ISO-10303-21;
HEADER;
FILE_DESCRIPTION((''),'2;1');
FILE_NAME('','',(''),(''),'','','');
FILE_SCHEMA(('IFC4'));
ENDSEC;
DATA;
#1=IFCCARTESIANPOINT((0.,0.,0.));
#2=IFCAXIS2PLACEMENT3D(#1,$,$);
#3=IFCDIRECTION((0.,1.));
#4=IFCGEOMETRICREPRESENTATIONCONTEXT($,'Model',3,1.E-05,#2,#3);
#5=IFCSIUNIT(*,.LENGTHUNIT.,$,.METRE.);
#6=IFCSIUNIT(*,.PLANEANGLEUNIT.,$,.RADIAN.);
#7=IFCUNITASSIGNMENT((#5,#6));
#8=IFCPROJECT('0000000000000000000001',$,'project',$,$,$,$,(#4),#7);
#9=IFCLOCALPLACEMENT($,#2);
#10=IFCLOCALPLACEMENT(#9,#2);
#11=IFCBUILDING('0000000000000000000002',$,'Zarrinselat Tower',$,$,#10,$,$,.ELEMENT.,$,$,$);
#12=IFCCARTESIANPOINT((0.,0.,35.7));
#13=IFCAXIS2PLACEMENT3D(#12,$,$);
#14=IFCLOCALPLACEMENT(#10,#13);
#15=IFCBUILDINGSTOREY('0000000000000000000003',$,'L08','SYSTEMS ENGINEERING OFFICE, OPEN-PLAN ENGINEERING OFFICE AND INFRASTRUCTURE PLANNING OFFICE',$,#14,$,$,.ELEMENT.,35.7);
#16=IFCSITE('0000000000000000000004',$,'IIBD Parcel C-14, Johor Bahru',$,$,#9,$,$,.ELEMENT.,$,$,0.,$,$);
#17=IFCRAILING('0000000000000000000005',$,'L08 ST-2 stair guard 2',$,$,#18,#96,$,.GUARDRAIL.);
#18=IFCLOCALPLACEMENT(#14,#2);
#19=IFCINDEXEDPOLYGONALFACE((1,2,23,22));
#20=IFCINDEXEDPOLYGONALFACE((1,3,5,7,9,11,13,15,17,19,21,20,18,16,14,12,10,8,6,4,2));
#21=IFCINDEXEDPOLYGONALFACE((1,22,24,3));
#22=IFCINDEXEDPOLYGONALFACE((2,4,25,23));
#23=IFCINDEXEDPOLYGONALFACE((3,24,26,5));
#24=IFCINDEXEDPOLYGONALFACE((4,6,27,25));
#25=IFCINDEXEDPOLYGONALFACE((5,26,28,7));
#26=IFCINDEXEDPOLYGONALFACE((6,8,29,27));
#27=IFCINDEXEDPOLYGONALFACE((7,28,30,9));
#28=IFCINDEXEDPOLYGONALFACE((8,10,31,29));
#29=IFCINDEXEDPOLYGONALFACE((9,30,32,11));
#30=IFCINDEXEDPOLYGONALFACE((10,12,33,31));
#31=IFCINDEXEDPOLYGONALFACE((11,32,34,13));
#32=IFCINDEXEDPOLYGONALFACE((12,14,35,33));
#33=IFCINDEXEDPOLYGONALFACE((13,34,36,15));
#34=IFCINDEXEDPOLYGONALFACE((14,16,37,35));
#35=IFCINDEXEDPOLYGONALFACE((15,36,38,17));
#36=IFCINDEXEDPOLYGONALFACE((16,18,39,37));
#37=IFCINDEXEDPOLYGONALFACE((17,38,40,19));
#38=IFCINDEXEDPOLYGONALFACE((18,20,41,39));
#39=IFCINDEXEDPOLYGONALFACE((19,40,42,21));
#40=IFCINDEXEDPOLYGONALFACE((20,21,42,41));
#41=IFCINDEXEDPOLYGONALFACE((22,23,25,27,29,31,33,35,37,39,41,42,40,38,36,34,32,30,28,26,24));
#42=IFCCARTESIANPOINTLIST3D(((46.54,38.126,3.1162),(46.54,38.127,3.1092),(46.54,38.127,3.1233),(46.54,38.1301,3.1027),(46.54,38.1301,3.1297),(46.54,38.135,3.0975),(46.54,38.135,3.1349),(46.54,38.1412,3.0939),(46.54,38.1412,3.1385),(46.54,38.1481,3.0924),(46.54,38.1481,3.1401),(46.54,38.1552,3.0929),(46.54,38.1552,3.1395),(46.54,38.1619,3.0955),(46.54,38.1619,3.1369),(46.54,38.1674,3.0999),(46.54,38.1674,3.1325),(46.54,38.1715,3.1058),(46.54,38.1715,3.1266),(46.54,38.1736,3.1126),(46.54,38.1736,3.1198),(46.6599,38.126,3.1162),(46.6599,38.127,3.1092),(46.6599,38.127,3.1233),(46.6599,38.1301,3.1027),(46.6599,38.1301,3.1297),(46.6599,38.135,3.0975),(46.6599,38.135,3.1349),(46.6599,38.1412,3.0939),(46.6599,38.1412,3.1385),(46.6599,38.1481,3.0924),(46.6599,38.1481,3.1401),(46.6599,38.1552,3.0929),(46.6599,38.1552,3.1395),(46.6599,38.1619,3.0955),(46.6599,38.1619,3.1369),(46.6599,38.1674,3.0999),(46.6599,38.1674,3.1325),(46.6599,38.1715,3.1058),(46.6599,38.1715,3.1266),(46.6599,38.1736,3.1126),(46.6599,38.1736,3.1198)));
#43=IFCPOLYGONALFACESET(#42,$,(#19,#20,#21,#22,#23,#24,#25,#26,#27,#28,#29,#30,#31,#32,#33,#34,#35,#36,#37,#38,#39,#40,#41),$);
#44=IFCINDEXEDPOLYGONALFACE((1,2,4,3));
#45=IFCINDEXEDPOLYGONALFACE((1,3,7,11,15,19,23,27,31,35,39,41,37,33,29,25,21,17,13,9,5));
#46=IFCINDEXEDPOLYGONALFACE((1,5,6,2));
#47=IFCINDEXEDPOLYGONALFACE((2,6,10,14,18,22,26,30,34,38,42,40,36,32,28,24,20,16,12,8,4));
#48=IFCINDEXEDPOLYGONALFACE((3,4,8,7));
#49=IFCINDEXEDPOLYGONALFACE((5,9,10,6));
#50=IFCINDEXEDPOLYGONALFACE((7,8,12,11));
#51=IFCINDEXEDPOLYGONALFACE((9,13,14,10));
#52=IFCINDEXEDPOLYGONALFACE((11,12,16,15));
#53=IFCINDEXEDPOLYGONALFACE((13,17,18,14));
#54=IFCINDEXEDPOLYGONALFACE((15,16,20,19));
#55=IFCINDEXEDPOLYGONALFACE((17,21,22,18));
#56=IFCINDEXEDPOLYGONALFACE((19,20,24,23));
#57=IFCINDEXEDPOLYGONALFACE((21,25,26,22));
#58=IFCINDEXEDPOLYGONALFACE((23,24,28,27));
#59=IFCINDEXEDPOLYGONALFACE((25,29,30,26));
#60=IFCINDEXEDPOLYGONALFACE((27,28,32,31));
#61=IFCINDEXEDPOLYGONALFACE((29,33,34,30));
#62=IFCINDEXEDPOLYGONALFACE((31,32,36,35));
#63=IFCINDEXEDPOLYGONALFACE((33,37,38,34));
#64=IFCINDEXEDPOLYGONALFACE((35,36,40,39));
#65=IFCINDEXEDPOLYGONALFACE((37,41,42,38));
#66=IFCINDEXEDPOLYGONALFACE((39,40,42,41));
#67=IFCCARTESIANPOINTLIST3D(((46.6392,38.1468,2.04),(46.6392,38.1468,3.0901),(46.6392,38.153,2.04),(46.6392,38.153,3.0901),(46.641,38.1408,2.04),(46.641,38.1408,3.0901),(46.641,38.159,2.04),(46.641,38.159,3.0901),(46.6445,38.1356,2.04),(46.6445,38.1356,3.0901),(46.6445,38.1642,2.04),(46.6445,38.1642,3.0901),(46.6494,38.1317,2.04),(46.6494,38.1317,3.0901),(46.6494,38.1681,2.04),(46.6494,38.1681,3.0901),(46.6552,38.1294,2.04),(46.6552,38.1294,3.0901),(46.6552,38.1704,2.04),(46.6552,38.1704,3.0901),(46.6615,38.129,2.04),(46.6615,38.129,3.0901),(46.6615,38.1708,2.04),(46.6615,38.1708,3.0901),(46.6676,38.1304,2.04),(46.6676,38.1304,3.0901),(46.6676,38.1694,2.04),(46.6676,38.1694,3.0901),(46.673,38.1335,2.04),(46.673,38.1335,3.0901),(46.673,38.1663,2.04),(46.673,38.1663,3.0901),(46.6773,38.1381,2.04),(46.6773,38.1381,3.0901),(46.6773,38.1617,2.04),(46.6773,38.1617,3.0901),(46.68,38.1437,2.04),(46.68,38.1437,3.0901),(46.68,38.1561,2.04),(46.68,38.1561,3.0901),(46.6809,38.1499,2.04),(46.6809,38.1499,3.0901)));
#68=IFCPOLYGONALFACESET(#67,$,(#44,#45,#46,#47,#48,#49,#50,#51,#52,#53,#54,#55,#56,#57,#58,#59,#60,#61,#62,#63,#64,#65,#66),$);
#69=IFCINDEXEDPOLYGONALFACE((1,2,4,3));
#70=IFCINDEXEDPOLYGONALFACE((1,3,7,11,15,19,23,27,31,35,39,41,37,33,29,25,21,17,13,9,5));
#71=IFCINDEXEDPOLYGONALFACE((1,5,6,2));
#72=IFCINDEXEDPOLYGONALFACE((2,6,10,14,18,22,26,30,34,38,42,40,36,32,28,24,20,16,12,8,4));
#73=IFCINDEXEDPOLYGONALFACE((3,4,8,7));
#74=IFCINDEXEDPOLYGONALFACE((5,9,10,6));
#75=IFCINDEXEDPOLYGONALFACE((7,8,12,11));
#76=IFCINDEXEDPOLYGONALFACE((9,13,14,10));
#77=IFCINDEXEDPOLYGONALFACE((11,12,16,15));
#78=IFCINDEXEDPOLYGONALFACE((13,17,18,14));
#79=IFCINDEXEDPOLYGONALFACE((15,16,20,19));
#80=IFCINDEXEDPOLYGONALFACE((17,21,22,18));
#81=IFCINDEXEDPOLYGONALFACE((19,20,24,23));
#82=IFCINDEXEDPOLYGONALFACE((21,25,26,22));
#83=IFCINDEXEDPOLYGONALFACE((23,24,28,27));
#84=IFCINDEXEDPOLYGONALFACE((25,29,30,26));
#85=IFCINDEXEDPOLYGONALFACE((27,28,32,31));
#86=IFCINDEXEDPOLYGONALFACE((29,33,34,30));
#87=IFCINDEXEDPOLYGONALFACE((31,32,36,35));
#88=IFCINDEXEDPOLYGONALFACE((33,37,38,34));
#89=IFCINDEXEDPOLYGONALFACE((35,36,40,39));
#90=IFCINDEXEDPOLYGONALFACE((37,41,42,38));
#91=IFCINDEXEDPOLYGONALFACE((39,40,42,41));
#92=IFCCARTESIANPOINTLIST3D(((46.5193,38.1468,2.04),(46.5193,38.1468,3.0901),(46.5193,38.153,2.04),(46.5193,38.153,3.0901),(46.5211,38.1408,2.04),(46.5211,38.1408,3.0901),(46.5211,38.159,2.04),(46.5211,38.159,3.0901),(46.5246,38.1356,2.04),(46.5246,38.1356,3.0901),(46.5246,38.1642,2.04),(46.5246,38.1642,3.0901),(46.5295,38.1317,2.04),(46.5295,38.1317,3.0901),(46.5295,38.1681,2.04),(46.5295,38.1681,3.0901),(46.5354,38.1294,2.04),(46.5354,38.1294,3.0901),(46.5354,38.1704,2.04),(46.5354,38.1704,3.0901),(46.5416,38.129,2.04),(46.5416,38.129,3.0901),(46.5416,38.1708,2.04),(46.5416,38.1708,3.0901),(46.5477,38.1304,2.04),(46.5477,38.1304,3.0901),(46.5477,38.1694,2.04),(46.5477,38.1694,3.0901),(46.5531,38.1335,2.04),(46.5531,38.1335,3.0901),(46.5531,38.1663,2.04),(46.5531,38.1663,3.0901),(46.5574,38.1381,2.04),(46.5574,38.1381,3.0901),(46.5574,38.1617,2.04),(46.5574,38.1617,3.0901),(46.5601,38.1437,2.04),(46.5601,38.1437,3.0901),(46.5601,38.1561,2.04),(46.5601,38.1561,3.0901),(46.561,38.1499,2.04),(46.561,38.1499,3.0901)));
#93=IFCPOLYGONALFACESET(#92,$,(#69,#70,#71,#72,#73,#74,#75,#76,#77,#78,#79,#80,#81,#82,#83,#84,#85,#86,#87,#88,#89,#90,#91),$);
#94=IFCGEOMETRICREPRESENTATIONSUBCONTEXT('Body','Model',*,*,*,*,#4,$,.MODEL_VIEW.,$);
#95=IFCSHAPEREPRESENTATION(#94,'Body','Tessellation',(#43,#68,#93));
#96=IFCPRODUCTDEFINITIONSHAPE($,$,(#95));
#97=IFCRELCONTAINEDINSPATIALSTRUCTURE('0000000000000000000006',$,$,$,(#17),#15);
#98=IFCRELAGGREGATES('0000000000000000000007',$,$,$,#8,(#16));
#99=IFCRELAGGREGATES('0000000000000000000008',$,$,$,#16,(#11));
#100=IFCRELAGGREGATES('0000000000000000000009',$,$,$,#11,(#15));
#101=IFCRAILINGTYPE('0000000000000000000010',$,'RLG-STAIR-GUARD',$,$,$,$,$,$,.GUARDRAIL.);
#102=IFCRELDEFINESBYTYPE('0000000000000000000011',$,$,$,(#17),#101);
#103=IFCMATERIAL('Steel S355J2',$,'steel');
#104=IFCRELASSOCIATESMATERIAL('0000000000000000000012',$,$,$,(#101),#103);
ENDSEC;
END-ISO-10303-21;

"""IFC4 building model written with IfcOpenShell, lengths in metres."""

from ifc_helpers import new_model, si_unit, direction, frame, origin, origin_2d, place, context, subcontext, project, spatial, circle, extrude, material, type_object, element, save


model = new_model("IFC4")

# Units and contexts
model_context = context("Model", 3, precision=1e-05, world=origin(), true_north=direction((0.0, 1.0)))
body_context = subcontext(model_context, "Body", "Model", "MODEL_VIEW")
ifc_project = project(units=[si_unit("LENGTHUNIT", "METRE"), si_unit("PLANEANGLEUNIT", "RADIAN")], contexts=[model_context])

# Site, building, storey
site_placement = place(None, origin())
site = spatial("IfcSite", under=ifc_project, at=site_placement, Name="IIBD Parcel C-14, Johor Bahru", CompositionType="ELEMENT", RefElevation=0.0)
building_placement = place(site_placement, origin())
building = spatial("IfcBuilding", under=site, at=building_placement, Name="Zarrinselat Tower", CompositionType="ELEMENT")
storey_placement = place(building_placement, frame((0.0, 0.0, 35.7)))
storey = spatial("IfcBuildingStorey", under=building, at=storey_placement, Name="L08", Description="SYSTEMS ENGINEERING OFFICE, OPEN-PLAN ENGINEERING OFFICE AND INFRASTRUCTURE PLANNING OFFICE", CompositionType="ELEMENT", Elevation=35.7)

# Railing
ifc_material_1 = material(Name="Steel S355J2", Category="steel")
railing_type_1 = type_object("IfcRailingType", Name="RLG-STAIR-GUARD", PredefinedType="GUARDRAIL", material=ifc_material_1)
railing_1_placement = place(storey_placement, frame((46.6599, 38.1499, 2.04)))
element("IfcRailing", 1, at=railing_1_placement, inside=storey, type_object=railing_type_1, Name="L08 ST-2 stair guard 2", PredefinedType="GUARDRAIL", context=body_context, shape_type="SweptSolid", body=[
    extrude(circle(Radius=0.0239, at=origin_2d()), frame((0.0, 0.0, 1.0762), z_axis=(-1.0, 0.0, 0.0), x_axis=(0.0, -1.0, 0.0)), (0.0, 0.0, 1.0), 0.1199),
    extrude(circle(Radius=0.021, at=origin_2d()), origin(), (0.0, 0.0, 1.0), 1.05),
    extrude(circle(Radius=0.021, at=origin_2d()), frame((-0.1199, 0.0, 0.0)), (0.0, 0.0, 1.0), 1.05),
])

save(model, "model.ifc")
